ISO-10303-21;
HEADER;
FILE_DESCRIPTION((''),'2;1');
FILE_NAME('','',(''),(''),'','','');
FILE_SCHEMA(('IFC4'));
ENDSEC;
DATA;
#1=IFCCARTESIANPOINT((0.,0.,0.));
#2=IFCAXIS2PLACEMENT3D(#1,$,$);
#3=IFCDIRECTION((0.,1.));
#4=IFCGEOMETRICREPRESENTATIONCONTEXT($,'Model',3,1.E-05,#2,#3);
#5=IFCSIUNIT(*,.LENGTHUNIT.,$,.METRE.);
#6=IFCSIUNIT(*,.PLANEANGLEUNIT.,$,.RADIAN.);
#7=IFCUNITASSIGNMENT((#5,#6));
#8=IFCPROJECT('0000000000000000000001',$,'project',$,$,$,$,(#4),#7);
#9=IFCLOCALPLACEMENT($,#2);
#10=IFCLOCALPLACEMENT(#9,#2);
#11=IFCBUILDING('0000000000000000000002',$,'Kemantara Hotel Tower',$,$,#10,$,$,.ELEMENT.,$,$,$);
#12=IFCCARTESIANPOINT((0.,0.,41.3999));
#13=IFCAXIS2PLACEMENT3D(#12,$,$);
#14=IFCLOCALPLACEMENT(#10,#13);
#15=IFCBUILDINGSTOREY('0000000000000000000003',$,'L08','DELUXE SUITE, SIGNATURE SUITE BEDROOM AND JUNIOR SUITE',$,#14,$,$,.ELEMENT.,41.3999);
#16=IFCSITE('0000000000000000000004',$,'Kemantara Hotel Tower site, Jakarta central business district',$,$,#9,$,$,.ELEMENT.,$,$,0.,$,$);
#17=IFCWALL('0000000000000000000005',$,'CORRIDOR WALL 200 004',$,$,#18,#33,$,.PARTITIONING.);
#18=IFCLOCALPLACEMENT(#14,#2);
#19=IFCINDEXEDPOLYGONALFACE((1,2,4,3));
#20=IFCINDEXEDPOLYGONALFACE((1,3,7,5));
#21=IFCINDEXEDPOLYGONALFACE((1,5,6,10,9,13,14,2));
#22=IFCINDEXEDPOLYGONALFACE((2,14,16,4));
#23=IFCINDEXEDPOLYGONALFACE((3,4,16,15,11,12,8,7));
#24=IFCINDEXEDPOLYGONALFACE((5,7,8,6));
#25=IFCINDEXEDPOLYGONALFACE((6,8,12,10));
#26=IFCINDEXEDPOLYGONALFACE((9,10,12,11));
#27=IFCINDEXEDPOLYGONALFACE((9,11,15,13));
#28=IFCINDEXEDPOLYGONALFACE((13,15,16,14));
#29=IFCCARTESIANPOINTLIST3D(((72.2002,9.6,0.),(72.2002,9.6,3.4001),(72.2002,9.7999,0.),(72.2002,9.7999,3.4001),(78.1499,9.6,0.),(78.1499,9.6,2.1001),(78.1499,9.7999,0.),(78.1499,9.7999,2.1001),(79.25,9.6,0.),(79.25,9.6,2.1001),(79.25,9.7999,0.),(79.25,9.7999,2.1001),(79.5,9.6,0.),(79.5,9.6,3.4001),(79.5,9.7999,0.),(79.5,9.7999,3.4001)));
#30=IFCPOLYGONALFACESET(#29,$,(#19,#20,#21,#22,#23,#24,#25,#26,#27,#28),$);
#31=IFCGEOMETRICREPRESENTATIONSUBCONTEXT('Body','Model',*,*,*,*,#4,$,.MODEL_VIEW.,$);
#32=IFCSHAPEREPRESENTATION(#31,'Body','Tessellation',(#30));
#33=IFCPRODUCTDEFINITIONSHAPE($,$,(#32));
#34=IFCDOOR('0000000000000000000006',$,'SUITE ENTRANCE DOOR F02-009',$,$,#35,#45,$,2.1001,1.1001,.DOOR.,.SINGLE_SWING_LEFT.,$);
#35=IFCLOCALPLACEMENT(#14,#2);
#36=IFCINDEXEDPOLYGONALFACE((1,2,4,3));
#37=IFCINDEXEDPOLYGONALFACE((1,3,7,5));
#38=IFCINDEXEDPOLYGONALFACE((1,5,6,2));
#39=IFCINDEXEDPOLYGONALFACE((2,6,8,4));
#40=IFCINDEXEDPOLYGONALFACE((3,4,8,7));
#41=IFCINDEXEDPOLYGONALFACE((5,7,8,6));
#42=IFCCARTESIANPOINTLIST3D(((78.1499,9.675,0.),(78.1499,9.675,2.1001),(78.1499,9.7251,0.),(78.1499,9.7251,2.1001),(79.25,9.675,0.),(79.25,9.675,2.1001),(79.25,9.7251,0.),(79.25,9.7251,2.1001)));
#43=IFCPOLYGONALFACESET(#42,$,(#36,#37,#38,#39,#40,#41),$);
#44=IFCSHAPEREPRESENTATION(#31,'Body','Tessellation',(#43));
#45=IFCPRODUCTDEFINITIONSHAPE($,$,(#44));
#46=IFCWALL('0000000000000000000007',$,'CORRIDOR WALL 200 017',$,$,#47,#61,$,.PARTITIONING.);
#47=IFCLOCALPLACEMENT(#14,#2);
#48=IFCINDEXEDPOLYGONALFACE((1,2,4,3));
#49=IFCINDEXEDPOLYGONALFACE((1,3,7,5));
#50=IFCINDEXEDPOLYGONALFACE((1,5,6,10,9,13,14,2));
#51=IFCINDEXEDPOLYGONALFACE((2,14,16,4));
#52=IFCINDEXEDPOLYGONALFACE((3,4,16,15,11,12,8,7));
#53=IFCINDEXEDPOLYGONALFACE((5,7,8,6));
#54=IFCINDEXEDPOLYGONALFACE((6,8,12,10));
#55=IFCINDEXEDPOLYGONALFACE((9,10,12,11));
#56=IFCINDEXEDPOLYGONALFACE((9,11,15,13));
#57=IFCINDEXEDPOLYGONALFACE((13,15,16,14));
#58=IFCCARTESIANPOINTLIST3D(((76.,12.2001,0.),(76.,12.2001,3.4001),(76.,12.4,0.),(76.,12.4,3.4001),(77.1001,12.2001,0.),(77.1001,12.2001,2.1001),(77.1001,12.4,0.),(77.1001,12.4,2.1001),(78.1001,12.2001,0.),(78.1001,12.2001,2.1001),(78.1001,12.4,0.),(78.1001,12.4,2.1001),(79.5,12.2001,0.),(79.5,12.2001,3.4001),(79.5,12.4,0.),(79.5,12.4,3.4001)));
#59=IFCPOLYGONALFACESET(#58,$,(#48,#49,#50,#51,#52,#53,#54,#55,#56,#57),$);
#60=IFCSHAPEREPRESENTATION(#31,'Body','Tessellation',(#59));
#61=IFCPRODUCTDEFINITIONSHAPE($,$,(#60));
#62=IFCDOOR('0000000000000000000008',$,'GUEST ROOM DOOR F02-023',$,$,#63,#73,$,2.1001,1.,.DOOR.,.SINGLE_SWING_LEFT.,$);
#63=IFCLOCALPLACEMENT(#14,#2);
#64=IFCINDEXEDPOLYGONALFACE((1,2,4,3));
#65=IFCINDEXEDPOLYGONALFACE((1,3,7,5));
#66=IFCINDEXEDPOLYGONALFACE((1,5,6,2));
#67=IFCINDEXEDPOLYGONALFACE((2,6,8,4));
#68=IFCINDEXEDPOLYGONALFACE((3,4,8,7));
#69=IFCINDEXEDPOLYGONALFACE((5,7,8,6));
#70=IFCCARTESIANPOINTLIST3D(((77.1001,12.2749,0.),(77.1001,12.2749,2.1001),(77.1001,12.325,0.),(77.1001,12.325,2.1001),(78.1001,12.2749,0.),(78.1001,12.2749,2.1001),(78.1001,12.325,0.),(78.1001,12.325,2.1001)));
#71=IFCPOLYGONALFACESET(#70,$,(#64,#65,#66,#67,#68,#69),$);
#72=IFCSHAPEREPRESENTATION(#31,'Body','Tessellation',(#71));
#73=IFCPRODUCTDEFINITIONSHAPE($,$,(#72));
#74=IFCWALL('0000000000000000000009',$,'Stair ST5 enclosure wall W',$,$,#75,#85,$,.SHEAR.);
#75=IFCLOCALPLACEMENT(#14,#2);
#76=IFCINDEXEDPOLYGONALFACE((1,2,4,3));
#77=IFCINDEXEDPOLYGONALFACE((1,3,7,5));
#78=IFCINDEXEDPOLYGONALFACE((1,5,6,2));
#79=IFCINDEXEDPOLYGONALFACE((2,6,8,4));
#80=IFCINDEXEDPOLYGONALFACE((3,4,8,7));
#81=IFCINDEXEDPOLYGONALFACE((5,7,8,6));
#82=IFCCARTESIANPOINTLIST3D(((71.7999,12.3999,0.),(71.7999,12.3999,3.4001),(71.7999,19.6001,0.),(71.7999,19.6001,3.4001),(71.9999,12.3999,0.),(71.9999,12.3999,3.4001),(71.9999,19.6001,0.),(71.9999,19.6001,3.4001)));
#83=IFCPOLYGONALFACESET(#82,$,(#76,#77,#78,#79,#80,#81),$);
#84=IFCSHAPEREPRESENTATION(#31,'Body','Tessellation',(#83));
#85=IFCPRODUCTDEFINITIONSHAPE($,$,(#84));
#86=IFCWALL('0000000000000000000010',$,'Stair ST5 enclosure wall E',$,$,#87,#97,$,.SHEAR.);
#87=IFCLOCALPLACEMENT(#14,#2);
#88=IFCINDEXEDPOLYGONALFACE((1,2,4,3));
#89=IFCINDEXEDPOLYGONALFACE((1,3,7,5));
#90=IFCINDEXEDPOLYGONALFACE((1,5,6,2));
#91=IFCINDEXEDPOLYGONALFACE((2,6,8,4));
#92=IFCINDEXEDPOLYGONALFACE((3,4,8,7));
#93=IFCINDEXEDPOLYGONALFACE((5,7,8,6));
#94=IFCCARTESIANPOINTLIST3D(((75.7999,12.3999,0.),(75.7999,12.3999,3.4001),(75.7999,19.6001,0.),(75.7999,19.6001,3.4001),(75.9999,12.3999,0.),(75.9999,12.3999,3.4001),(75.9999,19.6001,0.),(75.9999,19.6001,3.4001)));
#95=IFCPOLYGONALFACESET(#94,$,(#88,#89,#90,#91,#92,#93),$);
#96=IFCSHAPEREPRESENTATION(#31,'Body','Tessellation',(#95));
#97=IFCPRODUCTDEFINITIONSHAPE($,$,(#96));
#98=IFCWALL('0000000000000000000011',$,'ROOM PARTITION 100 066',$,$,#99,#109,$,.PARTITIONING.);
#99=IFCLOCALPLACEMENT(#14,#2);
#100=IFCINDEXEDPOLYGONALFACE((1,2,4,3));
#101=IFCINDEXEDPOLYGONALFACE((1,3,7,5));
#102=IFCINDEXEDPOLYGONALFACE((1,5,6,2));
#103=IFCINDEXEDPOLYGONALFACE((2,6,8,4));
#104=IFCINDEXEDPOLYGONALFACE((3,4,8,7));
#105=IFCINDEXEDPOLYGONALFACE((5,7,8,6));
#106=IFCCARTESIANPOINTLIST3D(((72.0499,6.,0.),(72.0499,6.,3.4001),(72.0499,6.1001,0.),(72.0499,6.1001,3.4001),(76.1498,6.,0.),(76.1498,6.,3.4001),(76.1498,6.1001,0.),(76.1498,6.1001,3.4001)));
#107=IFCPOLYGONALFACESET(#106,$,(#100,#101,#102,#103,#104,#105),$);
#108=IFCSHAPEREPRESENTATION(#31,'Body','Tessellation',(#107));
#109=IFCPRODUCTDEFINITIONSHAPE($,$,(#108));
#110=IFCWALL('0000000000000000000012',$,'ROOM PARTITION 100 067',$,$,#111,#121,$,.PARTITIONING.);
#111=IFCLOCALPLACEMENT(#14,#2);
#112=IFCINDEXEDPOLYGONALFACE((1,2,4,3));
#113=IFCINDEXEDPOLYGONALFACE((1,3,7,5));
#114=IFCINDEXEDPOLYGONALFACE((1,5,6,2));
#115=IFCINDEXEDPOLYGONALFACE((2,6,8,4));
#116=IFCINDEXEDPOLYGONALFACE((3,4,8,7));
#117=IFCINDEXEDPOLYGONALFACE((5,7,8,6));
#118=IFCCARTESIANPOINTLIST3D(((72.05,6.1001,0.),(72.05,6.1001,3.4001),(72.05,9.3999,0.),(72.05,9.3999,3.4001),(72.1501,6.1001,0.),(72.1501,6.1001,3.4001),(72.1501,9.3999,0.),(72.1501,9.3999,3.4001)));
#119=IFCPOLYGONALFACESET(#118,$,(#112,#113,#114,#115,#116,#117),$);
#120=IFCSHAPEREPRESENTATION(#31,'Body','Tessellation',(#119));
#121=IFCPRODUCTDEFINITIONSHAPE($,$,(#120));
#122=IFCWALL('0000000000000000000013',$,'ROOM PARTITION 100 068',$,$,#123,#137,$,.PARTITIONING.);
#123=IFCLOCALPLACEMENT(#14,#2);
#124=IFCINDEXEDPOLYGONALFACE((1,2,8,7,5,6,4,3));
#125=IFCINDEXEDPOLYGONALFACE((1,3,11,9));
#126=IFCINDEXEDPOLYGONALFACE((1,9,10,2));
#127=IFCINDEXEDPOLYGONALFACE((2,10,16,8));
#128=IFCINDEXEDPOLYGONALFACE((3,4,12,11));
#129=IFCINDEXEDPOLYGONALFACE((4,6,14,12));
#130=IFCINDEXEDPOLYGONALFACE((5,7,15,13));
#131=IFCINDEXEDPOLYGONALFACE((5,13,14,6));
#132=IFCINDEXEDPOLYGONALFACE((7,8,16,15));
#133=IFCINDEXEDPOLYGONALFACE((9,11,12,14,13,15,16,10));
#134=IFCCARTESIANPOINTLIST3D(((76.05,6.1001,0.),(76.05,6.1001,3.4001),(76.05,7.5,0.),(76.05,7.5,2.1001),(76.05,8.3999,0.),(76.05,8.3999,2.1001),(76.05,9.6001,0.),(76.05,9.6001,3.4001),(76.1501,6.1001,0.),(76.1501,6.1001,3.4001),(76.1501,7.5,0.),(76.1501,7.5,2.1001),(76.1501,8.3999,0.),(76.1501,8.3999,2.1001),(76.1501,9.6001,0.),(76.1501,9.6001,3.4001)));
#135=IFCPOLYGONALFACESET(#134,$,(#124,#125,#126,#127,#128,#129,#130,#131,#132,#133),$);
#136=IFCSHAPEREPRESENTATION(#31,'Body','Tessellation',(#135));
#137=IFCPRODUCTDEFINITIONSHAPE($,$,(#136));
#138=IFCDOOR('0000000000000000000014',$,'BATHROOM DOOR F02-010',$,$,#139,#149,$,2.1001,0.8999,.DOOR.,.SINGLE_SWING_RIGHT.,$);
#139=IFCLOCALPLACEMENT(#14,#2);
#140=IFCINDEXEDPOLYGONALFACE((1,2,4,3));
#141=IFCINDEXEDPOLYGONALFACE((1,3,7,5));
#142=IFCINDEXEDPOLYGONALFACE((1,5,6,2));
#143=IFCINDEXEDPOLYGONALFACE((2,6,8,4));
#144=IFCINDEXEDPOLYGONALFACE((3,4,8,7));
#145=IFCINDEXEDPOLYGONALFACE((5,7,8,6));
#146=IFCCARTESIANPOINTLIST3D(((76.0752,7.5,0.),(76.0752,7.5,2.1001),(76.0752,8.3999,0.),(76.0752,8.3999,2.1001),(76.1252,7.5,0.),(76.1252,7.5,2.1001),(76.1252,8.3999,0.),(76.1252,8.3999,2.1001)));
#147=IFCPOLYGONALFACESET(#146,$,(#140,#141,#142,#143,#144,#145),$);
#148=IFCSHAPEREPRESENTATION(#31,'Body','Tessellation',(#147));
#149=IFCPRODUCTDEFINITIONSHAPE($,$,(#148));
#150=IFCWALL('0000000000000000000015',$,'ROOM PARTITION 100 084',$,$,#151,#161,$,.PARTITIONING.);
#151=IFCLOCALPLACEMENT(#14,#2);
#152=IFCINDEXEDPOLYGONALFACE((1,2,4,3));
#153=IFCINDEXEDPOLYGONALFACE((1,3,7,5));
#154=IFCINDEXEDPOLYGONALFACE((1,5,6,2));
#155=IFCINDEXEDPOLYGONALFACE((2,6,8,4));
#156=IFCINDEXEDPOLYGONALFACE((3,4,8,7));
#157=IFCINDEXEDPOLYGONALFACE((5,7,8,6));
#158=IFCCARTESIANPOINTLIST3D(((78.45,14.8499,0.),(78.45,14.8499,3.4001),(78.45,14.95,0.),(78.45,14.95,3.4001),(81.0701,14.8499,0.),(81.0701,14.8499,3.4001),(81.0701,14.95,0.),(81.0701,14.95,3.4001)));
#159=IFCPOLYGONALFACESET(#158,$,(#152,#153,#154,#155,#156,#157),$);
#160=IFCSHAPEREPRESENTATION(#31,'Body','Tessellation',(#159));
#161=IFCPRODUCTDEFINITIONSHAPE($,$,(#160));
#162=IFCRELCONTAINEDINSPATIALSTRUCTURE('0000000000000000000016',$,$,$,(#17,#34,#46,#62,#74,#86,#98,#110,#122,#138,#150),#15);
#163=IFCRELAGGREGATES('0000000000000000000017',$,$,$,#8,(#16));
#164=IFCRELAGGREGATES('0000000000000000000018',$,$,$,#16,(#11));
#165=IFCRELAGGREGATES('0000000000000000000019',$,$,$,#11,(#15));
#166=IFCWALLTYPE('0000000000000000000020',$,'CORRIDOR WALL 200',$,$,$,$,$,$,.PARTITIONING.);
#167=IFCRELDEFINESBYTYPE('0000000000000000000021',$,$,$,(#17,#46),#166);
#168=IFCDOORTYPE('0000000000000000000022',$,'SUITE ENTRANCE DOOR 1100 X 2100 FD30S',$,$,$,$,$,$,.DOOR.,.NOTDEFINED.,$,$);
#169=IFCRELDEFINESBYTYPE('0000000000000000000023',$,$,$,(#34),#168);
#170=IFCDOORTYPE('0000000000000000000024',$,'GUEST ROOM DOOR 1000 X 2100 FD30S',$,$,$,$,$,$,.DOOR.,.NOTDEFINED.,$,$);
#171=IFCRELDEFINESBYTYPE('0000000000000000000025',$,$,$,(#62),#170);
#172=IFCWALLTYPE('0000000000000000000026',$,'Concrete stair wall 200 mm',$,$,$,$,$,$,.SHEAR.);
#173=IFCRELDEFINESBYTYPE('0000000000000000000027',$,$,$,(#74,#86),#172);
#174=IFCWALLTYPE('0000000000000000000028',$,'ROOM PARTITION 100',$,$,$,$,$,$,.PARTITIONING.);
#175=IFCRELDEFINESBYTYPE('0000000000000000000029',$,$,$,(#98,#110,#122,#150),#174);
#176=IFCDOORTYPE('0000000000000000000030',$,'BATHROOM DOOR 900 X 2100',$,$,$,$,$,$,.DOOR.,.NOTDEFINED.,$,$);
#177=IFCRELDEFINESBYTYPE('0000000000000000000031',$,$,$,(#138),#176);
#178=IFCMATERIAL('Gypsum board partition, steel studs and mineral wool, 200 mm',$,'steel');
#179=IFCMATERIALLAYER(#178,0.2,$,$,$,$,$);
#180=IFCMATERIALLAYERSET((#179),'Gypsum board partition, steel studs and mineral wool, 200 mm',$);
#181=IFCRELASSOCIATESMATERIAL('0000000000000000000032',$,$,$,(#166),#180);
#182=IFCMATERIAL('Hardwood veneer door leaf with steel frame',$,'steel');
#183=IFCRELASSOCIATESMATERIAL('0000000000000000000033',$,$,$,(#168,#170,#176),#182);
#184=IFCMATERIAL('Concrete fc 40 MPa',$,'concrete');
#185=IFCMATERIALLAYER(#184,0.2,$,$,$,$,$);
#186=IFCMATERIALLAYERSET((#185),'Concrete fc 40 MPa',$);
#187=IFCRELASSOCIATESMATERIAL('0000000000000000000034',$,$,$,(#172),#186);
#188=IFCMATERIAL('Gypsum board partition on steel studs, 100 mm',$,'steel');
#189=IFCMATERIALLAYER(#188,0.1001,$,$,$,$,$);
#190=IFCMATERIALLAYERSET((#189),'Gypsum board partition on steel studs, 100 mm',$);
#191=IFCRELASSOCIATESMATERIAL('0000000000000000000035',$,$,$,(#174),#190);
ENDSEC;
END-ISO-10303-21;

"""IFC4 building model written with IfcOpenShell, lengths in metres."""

from ifc_helpers import new_model, si_unit, direction, frame, frame_2d, origin, place, context, subcontext, project, spatial, rectangle, extrude, material, layer, layer_set, type_object, element, fill, save


model = new_model("IFC4")

# Units and contexts
model_context = context("Model", 3, precision=1e-05, world=origin(), true_north=direction((0.0, 1.0)))
body_context = subcontext(model_context, "Body", "Model", "MODEL_VIEW")
ifc_project = project(units=[si_unit("LENGTHUNIT", "METRE"), si_unit("PLANEANGLEUNIT", "RADIAN")], contexts=[model_context])

# Site, building, storey
site_placement = place(None, origin())
site = spatial("IfcSite", under=ifc_project, at=site_placement, Name="Kemantara Hotel Tower site, Jakarta central business district", CompositionType="ELEMENT", RefElevation=0.0)
building_placement = place(site_placement, origin())
building = spatial("IfcBuilding", under=site, at=building_placement, Name="Kemantara Hotel Tower", CompositionType="ELEMENT")
storey_placement = place(building_placement, frame((0.0, 0.0, 41.3999)))
storey = spatial("IfcBuildingStorey", under=building, at=storey_placement, Name="L08", Description="DELUXE SUITE, SIGNATURE SUITE BEDROOM AND JUNIOR SUITE", CompositionType="ELEMENT", Elevation=41.3999)

# Walls, openings, doors
ifc_material_1 = material(Name="Gypsum board partition, steel studs and mineral wool, 200 mm", Category="steel")
ifc_layer_1 = layer(ifc_material_1, 0.2)
ifc_layer_set_1 = layer_set([ifc_layer_1], Name="Gypsum board partition, steel studs and mineral wool, 200 mm")
wall_type_1 = type_object("IfcWallType", Name="CORRIDOR WALL 200", PredefinedType="PARTITIONING", material=ifc_layer_set_1)
wall_1_placement = place(storey_placement, frame((79.5, 9.7, 0.0), z_axis=(0.0, 0.0, 1.0), x_axis=(-1.0, 0.0, 0.0)))
wall_1 = element("IfcWall", 1, at=wall_1_placement, inside=storey, type_object=wall_type_1, Name="CORRIDOR WALL 200 004", PredefinedType="PARTITIONING", context=body_context, shape_type="SweptSolid", body=[
    extrude(rectangle(XDim=7.2998, YDim=0.2, at=frame_2d((3.6499, 0.0))), origin(), (0.0, 0.0, 1.0), 3.4001),
])
opening_1_placement = place(wall_1_placement, frame((0.25, 0.0, 0.0)))
opening_1 = element("IfcOpeningElement", 2, at=opening_1_placement, cuts=wall_1, PredefinedType="OPENING", context=body_context, shape_type="SweptSolid", body=[
    extrude(rectangle(XDim=1.1001, YDim=2.1001, at=frame_2d((0.55, 1.05))), frame((0.0, 0.1099, 0.0), z_axis=(0.0, -1.0, 0.0), x_axis=(1.0, 0.0, 0.0)), (0.0, 0.0, 1.0), 0.22),
])
ifc_material_2 = material(Name="Hardwood veneer door leaf with steel frame", Category="steel")
door_type_1 = type_object("IfcDoorType", Name="SUITE ENTRANCE DOOR 1100 X 2100 FD30S", OperationType="NOTDEFINED", PredefinedType="DOOR", material=ifc_material_2)
door_1_placement = place(opening_1_placement, origin())
door_1 = element("IfcDoor", 3, at=door_1_placement, inside=storey, type_object=door_type_1, Name="SUITE ENTRANCE DOOR F02-009", OperationType="SINGLE_SWING_LEFT", OverallHeight=2.1001, OverallWidth=1.1001, PredefinedType="DOOR", context=body_context, shape_type="SweptSolid", body=[
    extrude(rectangle(XDim=1.1001, YDim=2.1001, at=frame_2d((0.55, 1.05))), frame((0.0, 0.0249, 0.0), z_axis=(0.0, -1.0, 0.0), x_axis=(1.0, 0.0, 0.0)), (0.0, 0.0, 1.0), 0.05),
])
fill(opening_1, door_1)
wall_2_placement = place(storey_placement, frame((76.0, 12.3, 0.0), z_axis=(0.0, 0.0, 1.0), x_axis=(1.0, 0.0, 0.0)))
wall_2 = element("IfcWall", 4, at=wall_2_placement, inside=storey, type_object=wall_type_1, Name="CORRIDOR WALL 200 017", PredefinedType="PARTITIONING", context=body_context, shape_type="SweptSolid", body=[
    extrude(rectangle(XDim=3.5, YDim=0.2, at=frame_2d((1.75, 0.0))), origin(), (0.0, 0.0, 1.0), 3.4001),
])
opening_2_placement = place(wall_2_placement, frame((1.1001, 0.0, 0.0)))
opening_2 = element("IfcOpeningElement", 5, at=opening_2_placement, cuts=wall_2, PredefinedType="OPENING", context=body_context, shape_type="SweptSolid", body=[
    extrude(rectangle(XDim=1.0, YDim=2.1001, at=frame_2d((0.5, 1.05))), frame((0.0, 0.1099, 0.0), z_axis=(0.0, -1.0, 0.0), x_axis=(1.0, 0.0, 0.0)), (0.0, 0.0, 1.0), 0.22),
])
door_type_2 = type_object("IfcDoorType", Name="GUEST ROOM DOOR 1000 X 2100 FD30S", OperationType="NOTDEFINED", PredefinedType="DOOR", material=ifc_material_2)
door_2_placement = place(opening_2_placement, origin())
door_2 = element("IfcDoor", 6, at=door_2_placement, inside=storey, type_object=door_type_2, Name="GUEST ROOM DOOR F02-023", OperationType="SINGLE_SWING_LEFT", OverallHeight=2.1001, OverallWidth=1.0, PredefinedType="DOOR", context=body_context, shape_type="SweptSolid", body=[
    extrude(rectangle(XDim=1.0, YDim=2.1001, at=frame_2d((0.5, 1.05))), frame((0.0, 0.0249, 0.0), z_axis=(0.0, -1.0, 0.0), x_axis=(1.0, 0.0, 0.0)), (0.0, 0.0, 1.0), 0.05),
])
fill(opening_2, door_2)

# Walls
ifc_material_3 = material(Name="Concrete fc 40 MPa", Category="concrete")
ifc_layer_2 = layer(ifc_material_3, 0.2)
ifc_layer_set_2 = layer_set([ifc_layer_2], Name="Concrete fc 40 MPa")
wall_type_2 = type_object("IfcWallType", Name="Concrete stair wall 200 mm", PredefinedType="SHEAR", material=ifc_layer_set_2)
for number, where, z_axis, x_axis, name in (
    (7, (71.8999, 12.3999, 0.0), (0.0, 0.0, 1.0), (0.0, 1.0, 0.0), "Stair ST5 enclosure wall W"),
    (8, (75.8999, 12.3999, 0.0), (0.0, 0.0, 1.0), (0.0, 1.0, 0.0), "Stair ST5 enclosure wall E"),
):
    element("IfcWall", number, at=place(storey_placement, frame(where, z_axis=z_axis, x_axis=x_axis)), inside=storey, type_object=wall_type_2, Name=name, PredefinedType="SHEAR", context=body_context, shape_type="SweptSolid", body=[
        extrude(rectangle(XDim=7.2002, YDim=0.2, at=frame_2d((3.6001, 0.0))), origin(), (0.0, 0.0, 1.0), 3.4001),
    ])
ifc_material_4 = material(Name="Gypsum board partition on steel studs, 100 mm", Category="steel")
ifc_layer_3 = layer(ifc_material_4, 0.1001)
ifc_layer_set_3 = layer_set([ifc_layer_3], Name="Gypsum board partition on steel studs, 100 mm")
wall_type_3 = type_object("IfcWallType", Name="ROOM PARTITION 100", PredefinedType="PARTITIONING", material=ifc_layer_set_3)
wall_3_placement = place(storey_placement, frame((72.05, 6.05, 0.0), z_axis=(0.0, 0.0, 1.0), x_axis=(1.0, 0.0, 0.0)))
element("IfcWall", 9, at=wall_3_placement, inside=storey, type_object=wall_type_3, Name="ROOM PARTITION 100 066", PredefinedType="PARTITIONING", context=body_context, shape_type="SweptSolid", body=[
    extrude(rectangle(XDim=4.0999, YDim=0.1001, at=frame_2d((2.0498, 0.0))), origin(), (0.0, 0.0, 1.0), 3.4001),
])
wall_4_placement = place(storey_placement, frame((72.1001, 6.1001, 0.0), z_axis=(0.0, 0.0, 1.0), x_axis=(0.0, 1.0, 0.0)))
element("IfcWall", 10, at=wall_4_placement, inside=storey, type_object=wall_type_3, Name="ROOM PARTITION 100 067", PredefinedType="PARTITIONING", context=body_context, shape_type="SweptSolid", body=[
    extrude(rectangle(XDim=3.2998, YDim=0.1001, at=frame_2d((1.6499, 0.0))), origin(), (0.0, 0.0, 1.0), 3.4001),
])

# Wall, opening, door
wall_5_placement = place(storey_placement, frame((76.1001, 6.1001, 0.0), z_axis=(0.0, 0.0, 1.0), x_axis=(0.0, 1.0, 0.0)))
wall_5 = element("IfcWall", 11, at=wall_5_placement, inside=storey, type_object=wall_type_3, Name="ROOM PARTITION 100 068", PredefinedType="PARTITIONING", context=body_context, shape_type="SweptSolid", body=[
    extrude(rectangle(XDim=3.5, YDim=0.1001, at=frame_2d((1.75, 0.0))), origin(), (0.0, 0.0, 1.0), 3.4001),
])
opening_3_placement = place(wall_5_placement, frame((1.3999, 0.0, 0.0)))
opening_3 = element("IfcOpeningElement", 12, at=opening_3_placement, cuts=wall_5, PredefinedType="OPENING", context=body_context, shape_type="SweptSolid", body=[
    extrude(rectangle(XDim=0.8999, YDim=2.1001, at=frame_2d((0.45, 1.05))), frame((0.0, 0.0601, 0.0), z_axis=(0.0, -1.0, 0.0), x_axis=(1.0, 0.0, 0.0)), (0.0, 0.0, 1.0), 0.1201),
])
door_type_3 = type_object("IfcDoorType", Name="BATHROOM DOOR 900 X 2100", OperationType="NOTDEFINED", PredefinedType="DOOR", material=ifc_material_2)
door_3_placement = place(opening_3_placement, origin())
door_3 = element("IfcDoor", 13, at=door_3_placement, inside=storey, type_object=door_type_3, Name="BATHROOM DOOR F02-010", OperationType="SINGLE_SWING_RIGHT", OverallHeight=2.1001, OverallWidth=0.8999, PredefinedType="DOOR", context=body_context, shape_type="SweptSolid", body=[
    extrude(rectangle(XDim=0.8999, YDim=2.1001, at=frame_2d((0.45, 1.05))), frame((0.0, 0.0249, 0.0), z_axis=(0.0, -1.0, 0.0), x_axis=(1.0, 0.0, 0.0)), (0.0, 0.0, 1.0), 0.05),
])
fill(opening_3, door_3)

# Wall
wall_6_placement = place(storey_placement, frame((78.45, 14.8999, 0.0), z_axis=(0.0, 0.0, 1.0), x_axis=(1.0, 0.0, 0.0)))
element("IfcWall", 14, at=wall_6_placement, inside=storey, type_object=wall_type_3, Name="ROOM PARTITION 100 084", PredefinedType="PARTITIONING", context=body_context, shape_type="SweptSolid", body=[
    extrude(rectangle(XDim=2.6201, YDim=0.1001, at=frame_2d((1.3101, 0.0))), origin(), (0.0, 0.0, 1.0), 3.4001),
])

save(model, "model.ifc")
